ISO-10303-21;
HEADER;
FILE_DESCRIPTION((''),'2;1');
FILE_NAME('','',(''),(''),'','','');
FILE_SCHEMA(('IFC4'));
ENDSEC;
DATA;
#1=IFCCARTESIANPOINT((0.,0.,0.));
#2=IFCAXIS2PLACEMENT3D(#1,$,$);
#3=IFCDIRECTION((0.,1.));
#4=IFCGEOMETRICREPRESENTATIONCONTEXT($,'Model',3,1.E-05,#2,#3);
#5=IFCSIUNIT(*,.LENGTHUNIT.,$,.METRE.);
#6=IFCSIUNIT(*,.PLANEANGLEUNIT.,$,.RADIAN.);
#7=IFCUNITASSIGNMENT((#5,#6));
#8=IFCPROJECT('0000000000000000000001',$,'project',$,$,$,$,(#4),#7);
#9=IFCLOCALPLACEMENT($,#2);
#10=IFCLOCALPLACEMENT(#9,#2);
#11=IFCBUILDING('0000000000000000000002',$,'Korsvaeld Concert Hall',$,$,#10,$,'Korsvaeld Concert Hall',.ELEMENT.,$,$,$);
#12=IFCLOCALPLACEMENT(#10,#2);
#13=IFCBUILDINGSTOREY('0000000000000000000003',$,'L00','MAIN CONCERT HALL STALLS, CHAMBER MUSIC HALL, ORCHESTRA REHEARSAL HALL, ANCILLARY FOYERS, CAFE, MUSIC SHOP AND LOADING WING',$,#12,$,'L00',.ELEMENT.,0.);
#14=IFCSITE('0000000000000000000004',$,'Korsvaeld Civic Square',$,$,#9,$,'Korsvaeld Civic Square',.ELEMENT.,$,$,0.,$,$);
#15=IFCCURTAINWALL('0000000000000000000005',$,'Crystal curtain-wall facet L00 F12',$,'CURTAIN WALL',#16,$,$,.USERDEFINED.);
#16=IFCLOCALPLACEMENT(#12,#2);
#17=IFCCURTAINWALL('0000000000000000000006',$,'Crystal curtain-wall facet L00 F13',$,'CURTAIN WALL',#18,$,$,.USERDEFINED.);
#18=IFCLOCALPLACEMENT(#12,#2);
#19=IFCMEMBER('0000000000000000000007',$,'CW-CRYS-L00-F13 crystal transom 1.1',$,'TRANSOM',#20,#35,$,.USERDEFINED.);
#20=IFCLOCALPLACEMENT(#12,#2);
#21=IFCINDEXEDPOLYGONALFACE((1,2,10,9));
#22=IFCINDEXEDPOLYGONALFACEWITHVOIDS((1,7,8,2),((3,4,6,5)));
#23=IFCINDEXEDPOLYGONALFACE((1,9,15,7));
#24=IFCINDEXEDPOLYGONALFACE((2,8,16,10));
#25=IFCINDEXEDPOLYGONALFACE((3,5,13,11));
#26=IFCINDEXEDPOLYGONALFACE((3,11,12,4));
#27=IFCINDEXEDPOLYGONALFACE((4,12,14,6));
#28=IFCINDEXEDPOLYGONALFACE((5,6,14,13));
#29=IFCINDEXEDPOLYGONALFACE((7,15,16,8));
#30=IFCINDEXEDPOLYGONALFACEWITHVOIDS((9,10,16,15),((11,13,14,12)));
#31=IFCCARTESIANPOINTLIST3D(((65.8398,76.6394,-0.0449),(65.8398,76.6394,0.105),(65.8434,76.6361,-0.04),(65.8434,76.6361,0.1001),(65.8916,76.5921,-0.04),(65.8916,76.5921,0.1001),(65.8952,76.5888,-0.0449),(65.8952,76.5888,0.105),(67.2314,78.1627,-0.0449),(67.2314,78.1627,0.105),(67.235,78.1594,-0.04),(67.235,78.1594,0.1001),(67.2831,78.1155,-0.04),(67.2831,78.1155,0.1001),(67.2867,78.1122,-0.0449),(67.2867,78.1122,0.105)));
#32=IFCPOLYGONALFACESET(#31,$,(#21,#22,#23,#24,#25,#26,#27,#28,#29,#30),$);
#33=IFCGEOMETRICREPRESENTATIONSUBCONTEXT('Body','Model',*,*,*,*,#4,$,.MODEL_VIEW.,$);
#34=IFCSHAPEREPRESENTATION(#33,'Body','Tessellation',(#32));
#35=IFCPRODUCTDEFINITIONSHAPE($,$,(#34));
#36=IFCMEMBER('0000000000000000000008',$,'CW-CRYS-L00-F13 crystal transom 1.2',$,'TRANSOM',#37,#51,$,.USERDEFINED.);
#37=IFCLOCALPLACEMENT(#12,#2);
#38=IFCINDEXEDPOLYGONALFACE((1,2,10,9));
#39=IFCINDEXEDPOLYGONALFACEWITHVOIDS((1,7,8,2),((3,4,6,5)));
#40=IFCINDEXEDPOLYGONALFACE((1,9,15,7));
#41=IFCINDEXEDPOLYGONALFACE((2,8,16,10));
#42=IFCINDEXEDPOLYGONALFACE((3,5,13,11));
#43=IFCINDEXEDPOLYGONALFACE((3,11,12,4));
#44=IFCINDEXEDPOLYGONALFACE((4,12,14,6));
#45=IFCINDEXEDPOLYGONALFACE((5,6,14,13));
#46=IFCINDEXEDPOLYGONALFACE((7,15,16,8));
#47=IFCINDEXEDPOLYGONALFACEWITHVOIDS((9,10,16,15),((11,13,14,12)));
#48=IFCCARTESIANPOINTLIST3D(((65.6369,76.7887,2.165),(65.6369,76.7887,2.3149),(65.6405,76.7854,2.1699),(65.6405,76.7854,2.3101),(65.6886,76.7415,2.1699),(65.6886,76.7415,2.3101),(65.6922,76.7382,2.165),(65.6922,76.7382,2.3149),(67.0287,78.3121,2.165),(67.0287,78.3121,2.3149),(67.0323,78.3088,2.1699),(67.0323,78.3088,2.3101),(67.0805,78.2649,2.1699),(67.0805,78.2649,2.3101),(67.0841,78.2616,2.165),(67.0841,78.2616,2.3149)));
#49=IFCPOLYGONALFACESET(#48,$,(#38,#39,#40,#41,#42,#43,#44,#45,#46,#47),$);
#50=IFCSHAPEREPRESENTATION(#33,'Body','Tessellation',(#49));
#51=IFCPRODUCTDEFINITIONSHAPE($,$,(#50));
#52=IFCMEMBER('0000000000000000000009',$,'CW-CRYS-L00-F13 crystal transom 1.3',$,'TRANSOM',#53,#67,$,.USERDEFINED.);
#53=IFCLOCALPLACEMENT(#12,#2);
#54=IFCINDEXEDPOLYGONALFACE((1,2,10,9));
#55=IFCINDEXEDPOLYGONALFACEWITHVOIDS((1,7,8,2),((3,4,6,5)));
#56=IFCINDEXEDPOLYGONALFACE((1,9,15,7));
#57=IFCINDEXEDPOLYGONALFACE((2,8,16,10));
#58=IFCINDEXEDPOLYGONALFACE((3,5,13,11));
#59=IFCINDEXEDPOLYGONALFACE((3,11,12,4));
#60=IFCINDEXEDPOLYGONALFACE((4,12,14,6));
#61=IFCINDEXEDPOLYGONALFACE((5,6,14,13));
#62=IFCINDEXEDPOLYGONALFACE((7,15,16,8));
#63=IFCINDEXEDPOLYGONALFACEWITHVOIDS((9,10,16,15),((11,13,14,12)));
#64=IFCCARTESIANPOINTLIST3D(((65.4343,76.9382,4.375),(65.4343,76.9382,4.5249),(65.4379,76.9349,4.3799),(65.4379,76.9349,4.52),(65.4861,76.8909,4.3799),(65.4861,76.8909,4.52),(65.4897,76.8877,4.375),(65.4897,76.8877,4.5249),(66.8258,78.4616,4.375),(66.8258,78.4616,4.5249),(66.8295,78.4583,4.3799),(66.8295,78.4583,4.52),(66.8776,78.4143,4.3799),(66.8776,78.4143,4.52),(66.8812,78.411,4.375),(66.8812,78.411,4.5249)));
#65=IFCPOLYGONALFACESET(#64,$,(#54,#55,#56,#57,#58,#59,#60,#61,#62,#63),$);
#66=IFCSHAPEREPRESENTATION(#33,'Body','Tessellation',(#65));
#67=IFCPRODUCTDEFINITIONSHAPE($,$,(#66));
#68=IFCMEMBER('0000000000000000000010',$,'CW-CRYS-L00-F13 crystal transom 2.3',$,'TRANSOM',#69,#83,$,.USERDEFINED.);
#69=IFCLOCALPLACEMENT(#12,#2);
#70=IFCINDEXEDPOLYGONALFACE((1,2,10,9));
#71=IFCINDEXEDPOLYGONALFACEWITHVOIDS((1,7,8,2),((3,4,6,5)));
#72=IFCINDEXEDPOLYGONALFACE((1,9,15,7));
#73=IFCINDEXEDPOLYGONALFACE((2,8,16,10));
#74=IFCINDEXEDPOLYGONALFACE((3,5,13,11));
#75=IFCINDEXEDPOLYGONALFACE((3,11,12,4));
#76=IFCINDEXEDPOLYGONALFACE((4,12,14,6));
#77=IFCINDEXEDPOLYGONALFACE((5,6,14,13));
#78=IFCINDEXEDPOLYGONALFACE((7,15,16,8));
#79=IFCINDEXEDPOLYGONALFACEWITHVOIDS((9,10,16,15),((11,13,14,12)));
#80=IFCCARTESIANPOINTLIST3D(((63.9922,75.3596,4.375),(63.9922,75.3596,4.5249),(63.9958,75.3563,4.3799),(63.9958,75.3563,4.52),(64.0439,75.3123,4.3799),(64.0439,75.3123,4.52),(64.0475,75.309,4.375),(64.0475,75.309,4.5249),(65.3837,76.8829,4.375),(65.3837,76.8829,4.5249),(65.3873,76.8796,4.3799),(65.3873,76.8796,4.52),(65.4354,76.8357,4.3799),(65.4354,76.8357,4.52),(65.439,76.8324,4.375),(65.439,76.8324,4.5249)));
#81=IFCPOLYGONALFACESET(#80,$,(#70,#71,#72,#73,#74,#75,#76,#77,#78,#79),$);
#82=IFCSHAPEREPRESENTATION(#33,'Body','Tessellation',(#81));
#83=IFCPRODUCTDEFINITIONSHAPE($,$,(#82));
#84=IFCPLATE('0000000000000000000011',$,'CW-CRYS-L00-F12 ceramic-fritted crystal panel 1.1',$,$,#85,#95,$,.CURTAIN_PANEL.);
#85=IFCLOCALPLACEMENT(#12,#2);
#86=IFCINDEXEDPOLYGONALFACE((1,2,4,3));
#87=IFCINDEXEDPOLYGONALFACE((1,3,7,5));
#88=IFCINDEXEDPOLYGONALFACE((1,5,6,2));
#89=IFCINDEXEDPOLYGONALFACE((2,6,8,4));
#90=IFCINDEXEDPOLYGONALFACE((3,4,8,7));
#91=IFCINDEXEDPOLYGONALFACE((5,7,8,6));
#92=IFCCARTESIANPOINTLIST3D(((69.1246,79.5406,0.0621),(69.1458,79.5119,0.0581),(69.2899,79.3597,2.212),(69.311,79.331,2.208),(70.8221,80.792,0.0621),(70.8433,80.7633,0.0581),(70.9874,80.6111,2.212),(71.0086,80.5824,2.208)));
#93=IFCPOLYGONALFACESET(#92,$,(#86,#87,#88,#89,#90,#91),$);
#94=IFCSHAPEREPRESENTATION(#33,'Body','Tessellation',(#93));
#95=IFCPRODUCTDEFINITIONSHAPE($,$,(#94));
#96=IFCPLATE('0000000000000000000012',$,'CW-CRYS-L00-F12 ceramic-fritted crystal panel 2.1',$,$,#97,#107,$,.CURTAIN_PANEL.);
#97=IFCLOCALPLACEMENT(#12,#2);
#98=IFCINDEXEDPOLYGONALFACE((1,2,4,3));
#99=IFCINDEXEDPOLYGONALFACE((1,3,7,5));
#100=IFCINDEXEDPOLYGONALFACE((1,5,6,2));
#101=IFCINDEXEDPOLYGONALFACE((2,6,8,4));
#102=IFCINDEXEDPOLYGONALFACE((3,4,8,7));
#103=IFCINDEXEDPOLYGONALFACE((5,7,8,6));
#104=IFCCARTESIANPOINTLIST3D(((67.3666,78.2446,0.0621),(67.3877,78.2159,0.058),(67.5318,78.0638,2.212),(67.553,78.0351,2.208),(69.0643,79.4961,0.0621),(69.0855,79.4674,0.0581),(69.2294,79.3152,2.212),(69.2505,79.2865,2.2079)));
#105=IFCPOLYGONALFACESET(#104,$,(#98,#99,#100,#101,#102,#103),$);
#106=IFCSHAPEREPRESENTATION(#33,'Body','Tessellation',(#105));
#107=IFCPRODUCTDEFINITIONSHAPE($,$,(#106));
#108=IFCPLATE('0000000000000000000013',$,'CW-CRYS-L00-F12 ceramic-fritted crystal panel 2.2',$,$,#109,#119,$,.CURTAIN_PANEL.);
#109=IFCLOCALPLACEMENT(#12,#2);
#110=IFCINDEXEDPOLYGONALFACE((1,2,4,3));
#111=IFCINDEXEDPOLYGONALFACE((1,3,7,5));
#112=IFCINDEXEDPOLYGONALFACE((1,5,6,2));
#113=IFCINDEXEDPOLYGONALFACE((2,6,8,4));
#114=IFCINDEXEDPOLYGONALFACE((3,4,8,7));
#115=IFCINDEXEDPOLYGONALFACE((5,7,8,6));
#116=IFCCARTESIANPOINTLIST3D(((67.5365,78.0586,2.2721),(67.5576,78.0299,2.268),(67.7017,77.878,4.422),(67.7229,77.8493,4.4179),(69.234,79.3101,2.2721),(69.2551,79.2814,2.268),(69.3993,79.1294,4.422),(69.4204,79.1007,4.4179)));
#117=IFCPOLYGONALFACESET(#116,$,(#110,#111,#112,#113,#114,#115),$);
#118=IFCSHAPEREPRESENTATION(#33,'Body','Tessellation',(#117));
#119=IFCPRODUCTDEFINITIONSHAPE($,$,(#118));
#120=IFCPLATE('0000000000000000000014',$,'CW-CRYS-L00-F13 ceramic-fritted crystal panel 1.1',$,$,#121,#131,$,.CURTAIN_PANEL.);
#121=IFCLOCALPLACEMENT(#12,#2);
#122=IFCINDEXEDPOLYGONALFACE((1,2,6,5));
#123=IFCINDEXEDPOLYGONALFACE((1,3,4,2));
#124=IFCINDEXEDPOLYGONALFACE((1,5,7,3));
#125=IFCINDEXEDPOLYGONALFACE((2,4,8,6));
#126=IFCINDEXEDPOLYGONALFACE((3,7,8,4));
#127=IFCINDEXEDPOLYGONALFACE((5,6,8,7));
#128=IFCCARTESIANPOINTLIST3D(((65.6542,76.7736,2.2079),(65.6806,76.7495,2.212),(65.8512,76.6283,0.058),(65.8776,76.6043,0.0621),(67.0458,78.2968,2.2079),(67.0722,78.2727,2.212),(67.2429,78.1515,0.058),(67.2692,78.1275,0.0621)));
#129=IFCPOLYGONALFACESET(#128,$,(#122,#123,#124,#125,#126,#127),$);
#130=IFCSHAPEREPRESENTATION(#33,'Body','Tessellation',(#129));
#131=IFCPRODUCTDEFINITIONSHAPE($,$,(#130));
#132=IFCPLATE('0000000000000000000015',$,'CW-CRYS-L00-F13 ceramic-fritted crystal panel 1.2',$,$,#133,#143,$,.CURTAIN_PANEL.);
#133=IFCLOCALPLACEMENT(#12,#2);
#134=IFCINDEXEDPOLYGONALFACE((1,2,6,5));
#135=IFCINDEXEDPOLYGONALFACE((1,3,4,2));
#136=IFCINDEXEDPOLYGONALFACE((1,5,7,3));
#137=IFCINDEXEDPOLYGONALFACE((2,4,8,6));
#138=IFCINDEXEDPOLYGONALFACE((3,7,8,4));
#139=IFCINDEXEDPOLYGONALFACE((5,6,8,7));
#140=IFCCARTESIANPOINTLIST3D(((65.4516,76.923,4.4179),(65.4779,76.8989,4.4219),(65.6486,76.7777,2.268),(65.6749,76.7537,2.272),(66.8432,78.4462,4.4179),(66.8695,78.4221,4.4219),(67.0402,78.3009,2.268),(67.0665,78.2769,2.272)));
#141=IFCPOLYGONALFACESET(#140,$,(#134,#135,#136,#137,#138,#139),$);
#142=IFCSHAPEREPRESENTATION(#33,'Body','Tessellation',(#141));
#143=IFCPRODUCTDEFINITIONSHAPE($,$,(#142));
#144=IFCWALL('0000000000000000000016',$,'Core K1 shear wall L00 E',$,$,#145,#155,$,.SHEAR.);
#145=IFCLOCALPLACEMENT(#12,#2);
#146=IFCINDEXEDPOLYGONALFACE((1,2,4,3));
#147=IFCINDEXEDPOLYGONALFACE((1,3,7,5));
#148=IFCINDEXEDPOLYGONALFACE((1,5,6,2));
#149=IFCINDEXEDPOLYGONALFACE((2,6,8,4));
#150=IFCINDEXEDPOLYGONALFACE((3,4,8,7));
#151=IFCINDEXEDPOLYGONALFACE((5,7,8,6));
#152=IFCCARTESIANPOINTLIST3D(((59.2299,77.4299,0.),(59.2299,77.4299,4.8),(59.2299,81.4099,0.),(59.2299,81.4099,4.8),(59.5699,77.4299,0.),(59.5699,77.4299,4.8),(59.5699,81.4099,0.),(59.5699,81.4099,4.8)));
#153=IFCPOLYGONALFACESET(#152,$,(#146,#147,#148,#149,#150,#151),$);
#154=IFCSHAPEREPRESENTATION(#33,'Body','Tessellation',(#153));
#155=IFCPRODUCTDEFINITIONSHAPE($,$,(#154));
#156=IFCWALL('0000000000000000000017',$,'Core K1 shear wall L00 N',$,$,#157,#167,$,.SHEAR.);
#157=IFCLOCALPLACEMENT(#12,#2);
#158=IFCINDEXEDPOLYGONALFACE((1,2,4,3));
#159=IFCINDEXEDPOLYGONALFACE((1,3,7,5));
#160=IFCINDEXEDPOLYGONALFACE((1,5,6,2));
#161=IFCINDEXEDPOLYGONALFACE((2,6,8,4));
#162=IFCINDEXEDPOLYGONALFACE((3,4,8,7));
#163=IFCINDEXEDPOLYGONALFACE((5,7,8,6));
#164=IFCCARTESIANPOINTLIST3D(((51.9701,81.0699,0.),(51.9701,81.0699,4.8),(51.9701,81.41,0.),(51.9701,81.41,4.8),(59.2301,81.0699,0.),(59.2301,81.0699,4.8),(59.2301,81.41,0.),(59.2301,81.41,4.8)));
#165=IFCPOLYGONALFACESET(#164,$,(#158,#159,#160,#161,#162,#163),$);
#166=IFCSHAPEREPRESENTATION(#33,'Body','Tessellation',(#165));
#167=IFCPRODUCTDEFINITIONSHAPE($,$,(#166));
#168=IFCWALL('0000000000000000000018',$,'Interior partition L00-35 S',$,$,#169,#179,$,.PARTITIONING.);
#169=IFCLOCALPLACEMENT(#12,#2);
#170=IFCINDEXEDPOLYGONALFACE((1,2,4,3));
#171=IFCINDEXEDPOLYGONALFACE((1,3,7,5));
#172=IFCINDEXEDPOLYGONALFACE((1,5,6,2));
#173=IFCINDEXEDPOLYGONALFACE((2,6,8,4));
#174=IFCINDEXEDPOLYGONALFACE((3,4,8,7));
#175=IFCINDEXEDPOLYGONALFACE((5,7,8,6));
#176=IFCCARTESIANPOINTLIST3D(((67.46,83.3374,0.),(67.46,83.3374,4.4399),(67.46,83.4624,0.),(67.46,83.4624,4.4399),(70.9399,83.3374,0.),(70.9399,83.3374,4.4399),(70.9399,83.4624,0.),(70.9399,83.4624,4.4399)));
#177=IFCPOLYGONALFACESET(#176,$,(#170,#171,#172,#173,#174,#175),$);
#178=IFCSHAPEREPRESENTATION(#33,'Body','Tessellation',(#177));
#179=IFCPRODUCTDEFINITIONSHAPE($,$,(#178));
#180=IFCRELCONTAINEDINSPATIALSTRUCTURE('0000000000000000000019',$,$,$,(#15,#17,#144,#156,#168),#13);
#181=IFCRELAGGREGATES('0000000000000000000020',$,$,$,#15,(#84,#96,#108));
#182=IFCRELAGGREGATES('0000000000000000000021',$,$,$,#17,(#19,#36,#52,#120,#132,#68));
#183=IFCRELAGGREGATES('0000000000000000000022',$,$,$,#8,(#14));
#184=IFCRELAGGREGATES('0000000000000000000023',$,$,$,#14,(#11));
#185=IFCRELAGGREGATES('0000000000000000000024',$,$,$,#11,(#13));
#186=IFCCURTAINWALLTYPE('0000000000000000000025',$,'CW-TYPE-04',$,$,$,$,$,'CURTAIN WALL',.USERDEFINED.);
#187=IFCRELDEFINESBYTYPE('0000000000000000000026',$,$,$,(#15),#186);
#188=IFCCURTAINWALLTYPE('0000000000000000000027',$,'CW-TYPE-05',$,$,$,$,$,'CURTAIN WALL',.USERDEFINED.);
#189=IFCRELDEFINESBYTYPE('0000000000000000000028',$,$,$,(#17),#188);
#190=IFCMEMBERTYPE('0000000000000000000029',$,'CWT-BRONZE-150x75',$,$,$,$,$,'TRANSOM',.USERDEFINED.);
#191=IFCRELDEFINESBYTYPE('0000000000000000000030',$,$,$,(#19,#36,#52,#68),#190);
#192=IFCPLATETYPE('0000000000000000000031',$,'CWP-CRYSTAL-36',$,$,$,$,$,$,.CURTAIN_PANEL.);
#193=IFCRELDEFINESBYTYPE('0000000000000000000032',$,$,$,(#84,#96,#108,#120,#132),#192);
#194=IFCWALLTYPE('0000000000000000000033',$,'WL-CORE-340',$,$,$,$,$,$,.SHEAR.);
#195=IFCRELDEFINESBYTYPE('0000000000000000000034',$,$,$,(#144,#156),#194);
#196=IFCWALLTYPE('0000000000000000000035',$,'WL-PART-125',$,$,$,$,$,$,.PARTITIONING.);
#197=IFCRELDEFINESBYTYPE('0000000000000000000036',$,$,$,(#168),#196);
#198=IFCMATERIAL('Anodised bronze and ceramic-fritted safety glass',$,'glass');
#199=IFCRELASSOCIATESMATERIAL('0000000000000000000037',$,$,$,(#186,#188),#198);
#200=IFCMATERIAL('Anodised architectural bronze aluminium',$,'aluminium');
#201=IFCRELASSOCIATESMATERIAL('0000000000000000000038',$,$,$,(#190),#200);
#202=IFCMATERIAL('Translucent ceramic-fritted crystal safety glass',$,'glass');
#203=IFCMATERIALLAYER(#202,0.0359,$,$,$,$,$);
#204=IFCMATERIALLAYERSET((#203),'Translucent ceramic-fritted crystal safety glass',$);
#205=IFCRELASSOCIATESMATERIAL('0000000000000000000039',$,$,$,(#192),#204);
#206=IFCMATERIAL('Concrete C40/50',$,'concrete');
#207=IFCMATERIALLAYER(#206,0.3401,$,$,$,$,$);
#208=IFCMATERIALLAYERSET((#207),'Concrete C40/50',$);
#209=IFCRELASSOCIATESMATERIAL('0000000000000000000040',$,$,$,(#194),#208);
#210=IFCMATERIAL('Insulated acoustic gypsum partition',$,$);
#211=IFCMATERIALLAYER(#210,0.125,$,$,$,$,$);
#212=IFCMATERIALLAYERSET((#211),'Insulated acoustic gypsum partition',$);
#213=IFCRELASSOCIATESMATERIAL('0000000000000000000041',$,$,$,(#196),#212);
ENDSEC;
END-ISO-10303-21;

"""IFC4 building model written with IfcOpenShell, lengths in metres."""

from ifc_helpers import new_model, si_unit, direction, frame, frame_2d, origin, origin_2d, place, context, subcontext, project, spatial, polyline, rectangle, hollow_rectangle, outline, extrude, material, layer, layer_set, material_profile, profile_set, type_object, element, aggregate, save


model = new_model("IFC4")

# Units and contexts
model_context = context("Model", 3, precision=1e-05, world=origin(), true_north=direction((0.0, 1.0)))
body_context = subcontext(model_context, "Body", "Model", "MODEL_VIEW")
ifc_project = project(units=[si_unit("LENGTHUNIT", "METRE"), si_unit("PLANEANGLEUNIT", "RADIAN")], contexts=[model_context])

# Site, building, storey
site_placement = place(None, origin())
site = spatial("IfcSite", under=ifc_project, at=site_placement, Name="Korsvaeld Civic Square", LongName="Korsvaeld Civic Square", CompositionType="ELEMENT", RefElevation=0.0)
building_placement = place(site_placement, origin())
building = spatial("IfcBuilding", under=site, at=building_placement, Name="Korsvaeld Concert Hall", LongName="Korsvaeld Concert Hall", CompositionType="ELEMENT")
storey_placement = place(building_placement, origin())
storey = spatial("IfcBuildingStorey", under=building, at=storey_placement, Name="L00", Description="MAIN CONCERT HALL STALLS, CHAMBER MUSIC HALL, ORCHESTRA REHEARSAL HALL, ANCILLARY FOYERS, CAFE, MUSIC SHOP AND LOADING WING", LongName="L00", CompositionType="ELEMENT", Elevation=0.0)

# Shared definitions
ifc_material_1 = material(Name="Concrete C40/50", Category="concrete")

# Curtain wall
ifc_material_2 = material(Name="Anodised bronze and ceramic-fritted safety glass", Category="glass")
curtain_wall_type_1 = type_object("IfcCurtainWallType", Name="CW-TYPE-04", ElementType="CURTAIN WALL", PredefinedType="USERDEFINED", material=ifc_material_2)
curtain_wall_1_placement = place(storey_placement, origin())
curtain_wall_1 = element("IfcCurtainWall", 1, at=curtain_wall_1_placement, inside=storey, type_object=curtain_wall_type_1, Name="Crystal curtain-wall facet L00 F12", ObjectType="CURTAIN WALL", PredefinedType="USERDEFINED")
ifc_material_3 = material(Name="Anodised architectural bronze aluminium", Category="aluminium")

# Curtain wall
curtain_wall_type_2 = type_object("IfcCurtainWallType", Name="CW-TYPE-05", ElementType="CURTAIN WALL", PredefinedType="USERDEFINED", material=ifc_material_2)
curtain_wall_2_placement = place(storey_placement, origin())
curtain_wall_2 = element("IfcCurtainWall", 2, at=curtain_wall_2_placement, inside=storey, type_object=curtain_wall_type_2, Name="Crystal curtain-wall facet L00 F13", ObjectType="CURTAIN WALL", PredefinedType="USERDEFINED")

# Members
ifc_material_profile_1 = material_profile(ifc_material_3, hollow_rectangle(XDim=0.075, YDim=0.1499, WallThickness=0.0049, at=origin_2d()), Name="CWT 150x75x5")
ifc_profile_set_1 = profile_set([ifc_material_profile_1], Name="Anodised architectural bronze aluminium")
member_type_1 = type_object("IfcMemberType", Name="CWT-BRONZE-150x75", ElementType="TRANSOM", PredefinedType="USERDEFINED", material=ifc_profile_set_1)
member_1_placement = place(storey_placement, frame((67.259, 78.1375, 0.03), z_axis=(-0.674438, -0.738332, 0.0), x_axis=(0.738332, -0.674438, 0.0)))
member_1 = element("IfcMember", 3, at=member_1_placement, type_object=member_type_1, Name="CW-CRYS-L00-F13 crystal transom 1.1", ObjectType="TRANSOM", PredefinedType="USERDEFINED", context=body_context, shape_type="SweptSolid", body=[
    extrude(hollow_rectangle(XDim=0.075, YDim=0.1499, WallThickness=0.0049, at=origin_2d()), origin(), (0.0, 0.0, 1.0), 2.0632),
])
member_2_placement = place(storey_placement, frame((67.0564, 78.2869, 2.24), z_axis=(-0.674502, -0.738273, 0.0), x_axis=(0.738273, -0.674502, 0.0)))
member_2 = element("IfcMember", 4, at=member_2_placement, type_object=member_type_1, Name="CW-CRYS-L00-F13 crystal transom 1.2", ObjectType="TRANSOM", PredefinedType="USERDEFINED", context=body_context, shape_type="SweptSolid", body=[
    extrude(hollow_rectangle(XDim=0.075, YDim=0.1499, WallThickness=0.0049, at=origin_2d()), origin(), (0.0, 0.0, 1.0), 2.0635),
])
member_3_placement = place(storey_placement, frame((66.8535, 78.4363, 4.45), z_axis=(-0.674438, -0.738332, 0.0), x_axis=(0.738332, -0.674438, 0.0)))
member_3 = element("IfcMember", 5, at=member_3_placement, type_object=member_type_1, Name="CW-CRYS-L00-F13 crystal transom 1.3", ObjectType="TRANSOM", PredefinedType="USERDEFINED", context=body_context, shape_type="SweptSolid", body=[
    extrude(hollow_rectangle(XDim=0.075, YDim=0.1499, WallThickness=0.0049, at=origin_2d()), origin(), (0.0, 0.0, 1.0), 2.0632),
])
member_4_placement = place(storey_placement, frame((65.4114, 76.8577, 4.45), z_axis=(-0.674438, -0.738332, 0.0), x_axis=(0.738332, -0.674438, 0.0)))
member_4 = element("IfcMember", 6, at=member_4_placement, type_object=member_type_1, Name="CW-CRYS-L00-F13 crystal transom 2.3", ObjectType="TRANSOM", PredefinedType="USERDEFINED", context=body_context, shape_type="SweptSolid", body=[
    extrude(hollow_rectangle(XDim=0.075, YDim=0.1499, WallThickness=0.0049, at=origin_2d()), origin(), (0.0, 0.0, 1.0), 2.0632),
])

# Plates
ifc_material_4 = material(Name="Translucent ceramic-fritted crystal safety glass", Category="glass")
ifc_layer_1 = layer(ifc_material_4, 0.0359)
ifc_layer_set_1 = layer_set([ifc_layer_1], Name="Translucent ceramic-fritted crystal safety glass")
plate_type = type_object("IfcPlateType", Name="CWP-CRYSTAL-36", PredefinedType="CURTAIN_PANEL", material=ifc_layer_set_1)
plate_1_placement = place(storey_placement, frame((70.8328, 80.7776, 0.0601), z_axis=(-0.589629, 0.799783, 0.11263), x_axis=(-0.804905, -0.593404, 0.0)))
plate_1 = element("IfcPlate", 7, at=plate_1_placement, type_object=plate_type, Name="CW-CRYS-L00-F12 ceramic-fritted crystal panel 1.1", PredefinedType="CURTAIN_PANEL", context=body_context, shape_type="SweptSolid", body=[
    extrude(outline(polyline([(0.0, 0.0), (2.109, 0.0), (2.0833, 2.1637), (-0.0257, 2.1637), (0.0, 0.0)])), frame((0.0, 0.0, 0.0181)), (0.0, 0.0, -1.0), 0.0359),
])
plate_2_placement = place(storey_placement, frame((69.075, 79.4817, 0.0601), z_axis=(-0.589603, 0.799806, 0.112596), x_axis=(-0.804925, -0.593376, -0.000004)))
plate_2 = element("IfcPlate", 8, at=plate_2_placement, type_object=plate_type, Name="CW-CRYS-L00-F12 ceramic-fritted crystal panel 2.1", PredefinedType="CURTAIN_PANEL", context=body_context, shape_type="SweptSolid", body=[
    extrude(outline(polyline([(0.0, 0.0), (2.1092, 0.0), (2.0835, 2.1637), (-0.0255, 2.1637), (0.0, 0.0)])), frame((0.0, 0.0, 0.0181)), (0.0, 0.0, -1.0), 0.0359),
])
plate_3_placement = place(storey_placement, frame((69.2446, 79.2957, 2.27), z_axis=(-0.589635, 0.799791, 0.11254), x_axis=(-0.804905, -0.593404, 0.0)))
plate_3 = element("IfcPlate", 9, at=plate_3_placement, type_object=plate_type, Name="CW-CRYS-L00-F12 ceramic-fritted crystal panel 2.2", PredefinedType="CURTAIN_PANEL", context=body_context, shape_type="SweptSolid", body=[
    extrude(outline(polyline([(0.0, 0.0), (2.109, 0.0), (2.0831, 2.1636), (-0.0258, 2.1636), (0.0, 0.0)])), frame((0.0, 0.0, 0.0181)), (0.0, 0.0, -1.0), 0.0359),
])
aggregate(curtain_wall_1, [plate_1, plate_2, plate_3])
plate_4_placement = place(storey_placement, frame((67.2561, 78.1394, 0.0601), z_axis=(-0.73359, 0.670214, -0.112512), x_axis=(-0.674497, -0.738278, 0.0)))
plate_4 = element("IfcPlate", 10, at=plate_4_placement, type_object=plate_type, Name="CW-CRYS-L00-F13 ceramic-fritted crystal panel 1.1", PredefinedType="CURTAIN_PANEL", context=body_context, shape_type="SweptSolid", body=[
    extrude(outline(polyline([(0.0, 0.0), (2.0632, 0.0), (2.0888, 2.1636), (0.0256, 2.1636), (0.0, 0.0)])), frame((0.0, 0.0, 0.0181)), (0.0, 0.0, -1.0), 0.0359),
])
plate_5_placement = place(storey_placement, frame((67.0535, 78.2888, 2.27), z_axis=(-0.73359, 0.670214, -0.112512), x_axis=(-0.674497, -0.738278, 0.0)))
plate_5 = element("IfcPlate", 11, at=plate_5_placement, type_object=plate_type, Name="CW-CRYS-L00-F13 ceramic-fritted crystal panel 1.2", PredefinedType="CURTAIN_PANEL", context=body_context, shape_type="SweptSolid", body=[
    extrude(outline(polyline([(0.0, 0.0), (2.0632, 0.0), (2.0888, 2.1636), (0.0256, 2.1636), (0.0, 0.0)])), frame((0.0, 0.0, 0.0181)), (0.0, 0.0, -1.0), 0.0359),
])
aggregate(curtain_wall_2, [member_1, member_2, member_3, plate_4, plate_5, member_4])

# Walls
ifc_layer_2 = layer(ifc_material_1, 0.3401)
ifc_layer_set_2 = layer_set([ifc_layer_2], Name="Concrete C40/50")
wall_type_1 = type_object("IfcWallType", Name="WL-CORE-340", PredefinedType="SHEAR", material=ifc_layer_set_2)
wall_1_placement = place(storey_placement, frame((59.3999, 77.4299, 0.0), z_axis=(0.0, 0.0, 1.0), x_axis=(0.0, 1.0, 0.0)))
element("IfcWall", 12, at=wall_1_placement, inside=storey, type_object=wall_type_1, Name="Core K1 shear wall L00 E", PredefinedType="SHEAR", context=body_context, shape_type="SweptSolid", body=[
    extrude(rectangle(XDim=3.98, YDim=0.3401, at=frame_2d((1.99, 0.0))), origin(), (0.0, 0.0, 1.0), 4.8),
])
wall_2_placement = place(storey_placement, frame((59.23, 81.24, 0.0), z_axis=(0.0, 0.0, 1.0), x_axis=(-1.0, 0.0, 0.0)))
element("IfcWall", 13, at=wall_2_placement, inside=storey, type_object=wall_type_1, Name="Core K1 shear wall L00 N", PredefinedType="SHEAR", context=body_context, shape_type="SweptSolid", body=[
    extrude(rectangle(XDim=7.26, YDim=0.3401, at=frame_2d((3.6299, 0.0))), origin(), (0.0, 0.0, 1.0), 4.8),
])
ifc_material_5 = material(Name="Insulated acoustic gypsum partition")
ifc_layer_3 = layer(ifc_material_5, 0.125)
ifc_layer_set_3 = layer_set([ifc_layer_3], Name="Insulated acoustic gypsum partition")
wall_type_2 = type_object("IfcWallType", Name="WL-PART-125", PredefinedType="PARTITIONING", material=ifc_layer_set_3)
wall_3_placement = place(storey_placement, frame((67.46, 83.3999, 0.0), z_axis=(0.0, 0.0, 1.0), x_axis=(1.0, 0.0, 0.0)))
element("IfcWall", 14, at=wall_3_placement, inside=storey, type_object=wall_type_2, Name="Interior partition L00-35 S", PredefinedType="PARTITIONING", context=body_context, shape_type="SweptSolid", body=[
    extrude(rectangle(XDim=3.48, YDim=0.125, at=frame_2d((1.74, 0.0))), origin(), (0.0, 0.0, 1.0), 4.4399),
])

save(model, "model.ifc")
